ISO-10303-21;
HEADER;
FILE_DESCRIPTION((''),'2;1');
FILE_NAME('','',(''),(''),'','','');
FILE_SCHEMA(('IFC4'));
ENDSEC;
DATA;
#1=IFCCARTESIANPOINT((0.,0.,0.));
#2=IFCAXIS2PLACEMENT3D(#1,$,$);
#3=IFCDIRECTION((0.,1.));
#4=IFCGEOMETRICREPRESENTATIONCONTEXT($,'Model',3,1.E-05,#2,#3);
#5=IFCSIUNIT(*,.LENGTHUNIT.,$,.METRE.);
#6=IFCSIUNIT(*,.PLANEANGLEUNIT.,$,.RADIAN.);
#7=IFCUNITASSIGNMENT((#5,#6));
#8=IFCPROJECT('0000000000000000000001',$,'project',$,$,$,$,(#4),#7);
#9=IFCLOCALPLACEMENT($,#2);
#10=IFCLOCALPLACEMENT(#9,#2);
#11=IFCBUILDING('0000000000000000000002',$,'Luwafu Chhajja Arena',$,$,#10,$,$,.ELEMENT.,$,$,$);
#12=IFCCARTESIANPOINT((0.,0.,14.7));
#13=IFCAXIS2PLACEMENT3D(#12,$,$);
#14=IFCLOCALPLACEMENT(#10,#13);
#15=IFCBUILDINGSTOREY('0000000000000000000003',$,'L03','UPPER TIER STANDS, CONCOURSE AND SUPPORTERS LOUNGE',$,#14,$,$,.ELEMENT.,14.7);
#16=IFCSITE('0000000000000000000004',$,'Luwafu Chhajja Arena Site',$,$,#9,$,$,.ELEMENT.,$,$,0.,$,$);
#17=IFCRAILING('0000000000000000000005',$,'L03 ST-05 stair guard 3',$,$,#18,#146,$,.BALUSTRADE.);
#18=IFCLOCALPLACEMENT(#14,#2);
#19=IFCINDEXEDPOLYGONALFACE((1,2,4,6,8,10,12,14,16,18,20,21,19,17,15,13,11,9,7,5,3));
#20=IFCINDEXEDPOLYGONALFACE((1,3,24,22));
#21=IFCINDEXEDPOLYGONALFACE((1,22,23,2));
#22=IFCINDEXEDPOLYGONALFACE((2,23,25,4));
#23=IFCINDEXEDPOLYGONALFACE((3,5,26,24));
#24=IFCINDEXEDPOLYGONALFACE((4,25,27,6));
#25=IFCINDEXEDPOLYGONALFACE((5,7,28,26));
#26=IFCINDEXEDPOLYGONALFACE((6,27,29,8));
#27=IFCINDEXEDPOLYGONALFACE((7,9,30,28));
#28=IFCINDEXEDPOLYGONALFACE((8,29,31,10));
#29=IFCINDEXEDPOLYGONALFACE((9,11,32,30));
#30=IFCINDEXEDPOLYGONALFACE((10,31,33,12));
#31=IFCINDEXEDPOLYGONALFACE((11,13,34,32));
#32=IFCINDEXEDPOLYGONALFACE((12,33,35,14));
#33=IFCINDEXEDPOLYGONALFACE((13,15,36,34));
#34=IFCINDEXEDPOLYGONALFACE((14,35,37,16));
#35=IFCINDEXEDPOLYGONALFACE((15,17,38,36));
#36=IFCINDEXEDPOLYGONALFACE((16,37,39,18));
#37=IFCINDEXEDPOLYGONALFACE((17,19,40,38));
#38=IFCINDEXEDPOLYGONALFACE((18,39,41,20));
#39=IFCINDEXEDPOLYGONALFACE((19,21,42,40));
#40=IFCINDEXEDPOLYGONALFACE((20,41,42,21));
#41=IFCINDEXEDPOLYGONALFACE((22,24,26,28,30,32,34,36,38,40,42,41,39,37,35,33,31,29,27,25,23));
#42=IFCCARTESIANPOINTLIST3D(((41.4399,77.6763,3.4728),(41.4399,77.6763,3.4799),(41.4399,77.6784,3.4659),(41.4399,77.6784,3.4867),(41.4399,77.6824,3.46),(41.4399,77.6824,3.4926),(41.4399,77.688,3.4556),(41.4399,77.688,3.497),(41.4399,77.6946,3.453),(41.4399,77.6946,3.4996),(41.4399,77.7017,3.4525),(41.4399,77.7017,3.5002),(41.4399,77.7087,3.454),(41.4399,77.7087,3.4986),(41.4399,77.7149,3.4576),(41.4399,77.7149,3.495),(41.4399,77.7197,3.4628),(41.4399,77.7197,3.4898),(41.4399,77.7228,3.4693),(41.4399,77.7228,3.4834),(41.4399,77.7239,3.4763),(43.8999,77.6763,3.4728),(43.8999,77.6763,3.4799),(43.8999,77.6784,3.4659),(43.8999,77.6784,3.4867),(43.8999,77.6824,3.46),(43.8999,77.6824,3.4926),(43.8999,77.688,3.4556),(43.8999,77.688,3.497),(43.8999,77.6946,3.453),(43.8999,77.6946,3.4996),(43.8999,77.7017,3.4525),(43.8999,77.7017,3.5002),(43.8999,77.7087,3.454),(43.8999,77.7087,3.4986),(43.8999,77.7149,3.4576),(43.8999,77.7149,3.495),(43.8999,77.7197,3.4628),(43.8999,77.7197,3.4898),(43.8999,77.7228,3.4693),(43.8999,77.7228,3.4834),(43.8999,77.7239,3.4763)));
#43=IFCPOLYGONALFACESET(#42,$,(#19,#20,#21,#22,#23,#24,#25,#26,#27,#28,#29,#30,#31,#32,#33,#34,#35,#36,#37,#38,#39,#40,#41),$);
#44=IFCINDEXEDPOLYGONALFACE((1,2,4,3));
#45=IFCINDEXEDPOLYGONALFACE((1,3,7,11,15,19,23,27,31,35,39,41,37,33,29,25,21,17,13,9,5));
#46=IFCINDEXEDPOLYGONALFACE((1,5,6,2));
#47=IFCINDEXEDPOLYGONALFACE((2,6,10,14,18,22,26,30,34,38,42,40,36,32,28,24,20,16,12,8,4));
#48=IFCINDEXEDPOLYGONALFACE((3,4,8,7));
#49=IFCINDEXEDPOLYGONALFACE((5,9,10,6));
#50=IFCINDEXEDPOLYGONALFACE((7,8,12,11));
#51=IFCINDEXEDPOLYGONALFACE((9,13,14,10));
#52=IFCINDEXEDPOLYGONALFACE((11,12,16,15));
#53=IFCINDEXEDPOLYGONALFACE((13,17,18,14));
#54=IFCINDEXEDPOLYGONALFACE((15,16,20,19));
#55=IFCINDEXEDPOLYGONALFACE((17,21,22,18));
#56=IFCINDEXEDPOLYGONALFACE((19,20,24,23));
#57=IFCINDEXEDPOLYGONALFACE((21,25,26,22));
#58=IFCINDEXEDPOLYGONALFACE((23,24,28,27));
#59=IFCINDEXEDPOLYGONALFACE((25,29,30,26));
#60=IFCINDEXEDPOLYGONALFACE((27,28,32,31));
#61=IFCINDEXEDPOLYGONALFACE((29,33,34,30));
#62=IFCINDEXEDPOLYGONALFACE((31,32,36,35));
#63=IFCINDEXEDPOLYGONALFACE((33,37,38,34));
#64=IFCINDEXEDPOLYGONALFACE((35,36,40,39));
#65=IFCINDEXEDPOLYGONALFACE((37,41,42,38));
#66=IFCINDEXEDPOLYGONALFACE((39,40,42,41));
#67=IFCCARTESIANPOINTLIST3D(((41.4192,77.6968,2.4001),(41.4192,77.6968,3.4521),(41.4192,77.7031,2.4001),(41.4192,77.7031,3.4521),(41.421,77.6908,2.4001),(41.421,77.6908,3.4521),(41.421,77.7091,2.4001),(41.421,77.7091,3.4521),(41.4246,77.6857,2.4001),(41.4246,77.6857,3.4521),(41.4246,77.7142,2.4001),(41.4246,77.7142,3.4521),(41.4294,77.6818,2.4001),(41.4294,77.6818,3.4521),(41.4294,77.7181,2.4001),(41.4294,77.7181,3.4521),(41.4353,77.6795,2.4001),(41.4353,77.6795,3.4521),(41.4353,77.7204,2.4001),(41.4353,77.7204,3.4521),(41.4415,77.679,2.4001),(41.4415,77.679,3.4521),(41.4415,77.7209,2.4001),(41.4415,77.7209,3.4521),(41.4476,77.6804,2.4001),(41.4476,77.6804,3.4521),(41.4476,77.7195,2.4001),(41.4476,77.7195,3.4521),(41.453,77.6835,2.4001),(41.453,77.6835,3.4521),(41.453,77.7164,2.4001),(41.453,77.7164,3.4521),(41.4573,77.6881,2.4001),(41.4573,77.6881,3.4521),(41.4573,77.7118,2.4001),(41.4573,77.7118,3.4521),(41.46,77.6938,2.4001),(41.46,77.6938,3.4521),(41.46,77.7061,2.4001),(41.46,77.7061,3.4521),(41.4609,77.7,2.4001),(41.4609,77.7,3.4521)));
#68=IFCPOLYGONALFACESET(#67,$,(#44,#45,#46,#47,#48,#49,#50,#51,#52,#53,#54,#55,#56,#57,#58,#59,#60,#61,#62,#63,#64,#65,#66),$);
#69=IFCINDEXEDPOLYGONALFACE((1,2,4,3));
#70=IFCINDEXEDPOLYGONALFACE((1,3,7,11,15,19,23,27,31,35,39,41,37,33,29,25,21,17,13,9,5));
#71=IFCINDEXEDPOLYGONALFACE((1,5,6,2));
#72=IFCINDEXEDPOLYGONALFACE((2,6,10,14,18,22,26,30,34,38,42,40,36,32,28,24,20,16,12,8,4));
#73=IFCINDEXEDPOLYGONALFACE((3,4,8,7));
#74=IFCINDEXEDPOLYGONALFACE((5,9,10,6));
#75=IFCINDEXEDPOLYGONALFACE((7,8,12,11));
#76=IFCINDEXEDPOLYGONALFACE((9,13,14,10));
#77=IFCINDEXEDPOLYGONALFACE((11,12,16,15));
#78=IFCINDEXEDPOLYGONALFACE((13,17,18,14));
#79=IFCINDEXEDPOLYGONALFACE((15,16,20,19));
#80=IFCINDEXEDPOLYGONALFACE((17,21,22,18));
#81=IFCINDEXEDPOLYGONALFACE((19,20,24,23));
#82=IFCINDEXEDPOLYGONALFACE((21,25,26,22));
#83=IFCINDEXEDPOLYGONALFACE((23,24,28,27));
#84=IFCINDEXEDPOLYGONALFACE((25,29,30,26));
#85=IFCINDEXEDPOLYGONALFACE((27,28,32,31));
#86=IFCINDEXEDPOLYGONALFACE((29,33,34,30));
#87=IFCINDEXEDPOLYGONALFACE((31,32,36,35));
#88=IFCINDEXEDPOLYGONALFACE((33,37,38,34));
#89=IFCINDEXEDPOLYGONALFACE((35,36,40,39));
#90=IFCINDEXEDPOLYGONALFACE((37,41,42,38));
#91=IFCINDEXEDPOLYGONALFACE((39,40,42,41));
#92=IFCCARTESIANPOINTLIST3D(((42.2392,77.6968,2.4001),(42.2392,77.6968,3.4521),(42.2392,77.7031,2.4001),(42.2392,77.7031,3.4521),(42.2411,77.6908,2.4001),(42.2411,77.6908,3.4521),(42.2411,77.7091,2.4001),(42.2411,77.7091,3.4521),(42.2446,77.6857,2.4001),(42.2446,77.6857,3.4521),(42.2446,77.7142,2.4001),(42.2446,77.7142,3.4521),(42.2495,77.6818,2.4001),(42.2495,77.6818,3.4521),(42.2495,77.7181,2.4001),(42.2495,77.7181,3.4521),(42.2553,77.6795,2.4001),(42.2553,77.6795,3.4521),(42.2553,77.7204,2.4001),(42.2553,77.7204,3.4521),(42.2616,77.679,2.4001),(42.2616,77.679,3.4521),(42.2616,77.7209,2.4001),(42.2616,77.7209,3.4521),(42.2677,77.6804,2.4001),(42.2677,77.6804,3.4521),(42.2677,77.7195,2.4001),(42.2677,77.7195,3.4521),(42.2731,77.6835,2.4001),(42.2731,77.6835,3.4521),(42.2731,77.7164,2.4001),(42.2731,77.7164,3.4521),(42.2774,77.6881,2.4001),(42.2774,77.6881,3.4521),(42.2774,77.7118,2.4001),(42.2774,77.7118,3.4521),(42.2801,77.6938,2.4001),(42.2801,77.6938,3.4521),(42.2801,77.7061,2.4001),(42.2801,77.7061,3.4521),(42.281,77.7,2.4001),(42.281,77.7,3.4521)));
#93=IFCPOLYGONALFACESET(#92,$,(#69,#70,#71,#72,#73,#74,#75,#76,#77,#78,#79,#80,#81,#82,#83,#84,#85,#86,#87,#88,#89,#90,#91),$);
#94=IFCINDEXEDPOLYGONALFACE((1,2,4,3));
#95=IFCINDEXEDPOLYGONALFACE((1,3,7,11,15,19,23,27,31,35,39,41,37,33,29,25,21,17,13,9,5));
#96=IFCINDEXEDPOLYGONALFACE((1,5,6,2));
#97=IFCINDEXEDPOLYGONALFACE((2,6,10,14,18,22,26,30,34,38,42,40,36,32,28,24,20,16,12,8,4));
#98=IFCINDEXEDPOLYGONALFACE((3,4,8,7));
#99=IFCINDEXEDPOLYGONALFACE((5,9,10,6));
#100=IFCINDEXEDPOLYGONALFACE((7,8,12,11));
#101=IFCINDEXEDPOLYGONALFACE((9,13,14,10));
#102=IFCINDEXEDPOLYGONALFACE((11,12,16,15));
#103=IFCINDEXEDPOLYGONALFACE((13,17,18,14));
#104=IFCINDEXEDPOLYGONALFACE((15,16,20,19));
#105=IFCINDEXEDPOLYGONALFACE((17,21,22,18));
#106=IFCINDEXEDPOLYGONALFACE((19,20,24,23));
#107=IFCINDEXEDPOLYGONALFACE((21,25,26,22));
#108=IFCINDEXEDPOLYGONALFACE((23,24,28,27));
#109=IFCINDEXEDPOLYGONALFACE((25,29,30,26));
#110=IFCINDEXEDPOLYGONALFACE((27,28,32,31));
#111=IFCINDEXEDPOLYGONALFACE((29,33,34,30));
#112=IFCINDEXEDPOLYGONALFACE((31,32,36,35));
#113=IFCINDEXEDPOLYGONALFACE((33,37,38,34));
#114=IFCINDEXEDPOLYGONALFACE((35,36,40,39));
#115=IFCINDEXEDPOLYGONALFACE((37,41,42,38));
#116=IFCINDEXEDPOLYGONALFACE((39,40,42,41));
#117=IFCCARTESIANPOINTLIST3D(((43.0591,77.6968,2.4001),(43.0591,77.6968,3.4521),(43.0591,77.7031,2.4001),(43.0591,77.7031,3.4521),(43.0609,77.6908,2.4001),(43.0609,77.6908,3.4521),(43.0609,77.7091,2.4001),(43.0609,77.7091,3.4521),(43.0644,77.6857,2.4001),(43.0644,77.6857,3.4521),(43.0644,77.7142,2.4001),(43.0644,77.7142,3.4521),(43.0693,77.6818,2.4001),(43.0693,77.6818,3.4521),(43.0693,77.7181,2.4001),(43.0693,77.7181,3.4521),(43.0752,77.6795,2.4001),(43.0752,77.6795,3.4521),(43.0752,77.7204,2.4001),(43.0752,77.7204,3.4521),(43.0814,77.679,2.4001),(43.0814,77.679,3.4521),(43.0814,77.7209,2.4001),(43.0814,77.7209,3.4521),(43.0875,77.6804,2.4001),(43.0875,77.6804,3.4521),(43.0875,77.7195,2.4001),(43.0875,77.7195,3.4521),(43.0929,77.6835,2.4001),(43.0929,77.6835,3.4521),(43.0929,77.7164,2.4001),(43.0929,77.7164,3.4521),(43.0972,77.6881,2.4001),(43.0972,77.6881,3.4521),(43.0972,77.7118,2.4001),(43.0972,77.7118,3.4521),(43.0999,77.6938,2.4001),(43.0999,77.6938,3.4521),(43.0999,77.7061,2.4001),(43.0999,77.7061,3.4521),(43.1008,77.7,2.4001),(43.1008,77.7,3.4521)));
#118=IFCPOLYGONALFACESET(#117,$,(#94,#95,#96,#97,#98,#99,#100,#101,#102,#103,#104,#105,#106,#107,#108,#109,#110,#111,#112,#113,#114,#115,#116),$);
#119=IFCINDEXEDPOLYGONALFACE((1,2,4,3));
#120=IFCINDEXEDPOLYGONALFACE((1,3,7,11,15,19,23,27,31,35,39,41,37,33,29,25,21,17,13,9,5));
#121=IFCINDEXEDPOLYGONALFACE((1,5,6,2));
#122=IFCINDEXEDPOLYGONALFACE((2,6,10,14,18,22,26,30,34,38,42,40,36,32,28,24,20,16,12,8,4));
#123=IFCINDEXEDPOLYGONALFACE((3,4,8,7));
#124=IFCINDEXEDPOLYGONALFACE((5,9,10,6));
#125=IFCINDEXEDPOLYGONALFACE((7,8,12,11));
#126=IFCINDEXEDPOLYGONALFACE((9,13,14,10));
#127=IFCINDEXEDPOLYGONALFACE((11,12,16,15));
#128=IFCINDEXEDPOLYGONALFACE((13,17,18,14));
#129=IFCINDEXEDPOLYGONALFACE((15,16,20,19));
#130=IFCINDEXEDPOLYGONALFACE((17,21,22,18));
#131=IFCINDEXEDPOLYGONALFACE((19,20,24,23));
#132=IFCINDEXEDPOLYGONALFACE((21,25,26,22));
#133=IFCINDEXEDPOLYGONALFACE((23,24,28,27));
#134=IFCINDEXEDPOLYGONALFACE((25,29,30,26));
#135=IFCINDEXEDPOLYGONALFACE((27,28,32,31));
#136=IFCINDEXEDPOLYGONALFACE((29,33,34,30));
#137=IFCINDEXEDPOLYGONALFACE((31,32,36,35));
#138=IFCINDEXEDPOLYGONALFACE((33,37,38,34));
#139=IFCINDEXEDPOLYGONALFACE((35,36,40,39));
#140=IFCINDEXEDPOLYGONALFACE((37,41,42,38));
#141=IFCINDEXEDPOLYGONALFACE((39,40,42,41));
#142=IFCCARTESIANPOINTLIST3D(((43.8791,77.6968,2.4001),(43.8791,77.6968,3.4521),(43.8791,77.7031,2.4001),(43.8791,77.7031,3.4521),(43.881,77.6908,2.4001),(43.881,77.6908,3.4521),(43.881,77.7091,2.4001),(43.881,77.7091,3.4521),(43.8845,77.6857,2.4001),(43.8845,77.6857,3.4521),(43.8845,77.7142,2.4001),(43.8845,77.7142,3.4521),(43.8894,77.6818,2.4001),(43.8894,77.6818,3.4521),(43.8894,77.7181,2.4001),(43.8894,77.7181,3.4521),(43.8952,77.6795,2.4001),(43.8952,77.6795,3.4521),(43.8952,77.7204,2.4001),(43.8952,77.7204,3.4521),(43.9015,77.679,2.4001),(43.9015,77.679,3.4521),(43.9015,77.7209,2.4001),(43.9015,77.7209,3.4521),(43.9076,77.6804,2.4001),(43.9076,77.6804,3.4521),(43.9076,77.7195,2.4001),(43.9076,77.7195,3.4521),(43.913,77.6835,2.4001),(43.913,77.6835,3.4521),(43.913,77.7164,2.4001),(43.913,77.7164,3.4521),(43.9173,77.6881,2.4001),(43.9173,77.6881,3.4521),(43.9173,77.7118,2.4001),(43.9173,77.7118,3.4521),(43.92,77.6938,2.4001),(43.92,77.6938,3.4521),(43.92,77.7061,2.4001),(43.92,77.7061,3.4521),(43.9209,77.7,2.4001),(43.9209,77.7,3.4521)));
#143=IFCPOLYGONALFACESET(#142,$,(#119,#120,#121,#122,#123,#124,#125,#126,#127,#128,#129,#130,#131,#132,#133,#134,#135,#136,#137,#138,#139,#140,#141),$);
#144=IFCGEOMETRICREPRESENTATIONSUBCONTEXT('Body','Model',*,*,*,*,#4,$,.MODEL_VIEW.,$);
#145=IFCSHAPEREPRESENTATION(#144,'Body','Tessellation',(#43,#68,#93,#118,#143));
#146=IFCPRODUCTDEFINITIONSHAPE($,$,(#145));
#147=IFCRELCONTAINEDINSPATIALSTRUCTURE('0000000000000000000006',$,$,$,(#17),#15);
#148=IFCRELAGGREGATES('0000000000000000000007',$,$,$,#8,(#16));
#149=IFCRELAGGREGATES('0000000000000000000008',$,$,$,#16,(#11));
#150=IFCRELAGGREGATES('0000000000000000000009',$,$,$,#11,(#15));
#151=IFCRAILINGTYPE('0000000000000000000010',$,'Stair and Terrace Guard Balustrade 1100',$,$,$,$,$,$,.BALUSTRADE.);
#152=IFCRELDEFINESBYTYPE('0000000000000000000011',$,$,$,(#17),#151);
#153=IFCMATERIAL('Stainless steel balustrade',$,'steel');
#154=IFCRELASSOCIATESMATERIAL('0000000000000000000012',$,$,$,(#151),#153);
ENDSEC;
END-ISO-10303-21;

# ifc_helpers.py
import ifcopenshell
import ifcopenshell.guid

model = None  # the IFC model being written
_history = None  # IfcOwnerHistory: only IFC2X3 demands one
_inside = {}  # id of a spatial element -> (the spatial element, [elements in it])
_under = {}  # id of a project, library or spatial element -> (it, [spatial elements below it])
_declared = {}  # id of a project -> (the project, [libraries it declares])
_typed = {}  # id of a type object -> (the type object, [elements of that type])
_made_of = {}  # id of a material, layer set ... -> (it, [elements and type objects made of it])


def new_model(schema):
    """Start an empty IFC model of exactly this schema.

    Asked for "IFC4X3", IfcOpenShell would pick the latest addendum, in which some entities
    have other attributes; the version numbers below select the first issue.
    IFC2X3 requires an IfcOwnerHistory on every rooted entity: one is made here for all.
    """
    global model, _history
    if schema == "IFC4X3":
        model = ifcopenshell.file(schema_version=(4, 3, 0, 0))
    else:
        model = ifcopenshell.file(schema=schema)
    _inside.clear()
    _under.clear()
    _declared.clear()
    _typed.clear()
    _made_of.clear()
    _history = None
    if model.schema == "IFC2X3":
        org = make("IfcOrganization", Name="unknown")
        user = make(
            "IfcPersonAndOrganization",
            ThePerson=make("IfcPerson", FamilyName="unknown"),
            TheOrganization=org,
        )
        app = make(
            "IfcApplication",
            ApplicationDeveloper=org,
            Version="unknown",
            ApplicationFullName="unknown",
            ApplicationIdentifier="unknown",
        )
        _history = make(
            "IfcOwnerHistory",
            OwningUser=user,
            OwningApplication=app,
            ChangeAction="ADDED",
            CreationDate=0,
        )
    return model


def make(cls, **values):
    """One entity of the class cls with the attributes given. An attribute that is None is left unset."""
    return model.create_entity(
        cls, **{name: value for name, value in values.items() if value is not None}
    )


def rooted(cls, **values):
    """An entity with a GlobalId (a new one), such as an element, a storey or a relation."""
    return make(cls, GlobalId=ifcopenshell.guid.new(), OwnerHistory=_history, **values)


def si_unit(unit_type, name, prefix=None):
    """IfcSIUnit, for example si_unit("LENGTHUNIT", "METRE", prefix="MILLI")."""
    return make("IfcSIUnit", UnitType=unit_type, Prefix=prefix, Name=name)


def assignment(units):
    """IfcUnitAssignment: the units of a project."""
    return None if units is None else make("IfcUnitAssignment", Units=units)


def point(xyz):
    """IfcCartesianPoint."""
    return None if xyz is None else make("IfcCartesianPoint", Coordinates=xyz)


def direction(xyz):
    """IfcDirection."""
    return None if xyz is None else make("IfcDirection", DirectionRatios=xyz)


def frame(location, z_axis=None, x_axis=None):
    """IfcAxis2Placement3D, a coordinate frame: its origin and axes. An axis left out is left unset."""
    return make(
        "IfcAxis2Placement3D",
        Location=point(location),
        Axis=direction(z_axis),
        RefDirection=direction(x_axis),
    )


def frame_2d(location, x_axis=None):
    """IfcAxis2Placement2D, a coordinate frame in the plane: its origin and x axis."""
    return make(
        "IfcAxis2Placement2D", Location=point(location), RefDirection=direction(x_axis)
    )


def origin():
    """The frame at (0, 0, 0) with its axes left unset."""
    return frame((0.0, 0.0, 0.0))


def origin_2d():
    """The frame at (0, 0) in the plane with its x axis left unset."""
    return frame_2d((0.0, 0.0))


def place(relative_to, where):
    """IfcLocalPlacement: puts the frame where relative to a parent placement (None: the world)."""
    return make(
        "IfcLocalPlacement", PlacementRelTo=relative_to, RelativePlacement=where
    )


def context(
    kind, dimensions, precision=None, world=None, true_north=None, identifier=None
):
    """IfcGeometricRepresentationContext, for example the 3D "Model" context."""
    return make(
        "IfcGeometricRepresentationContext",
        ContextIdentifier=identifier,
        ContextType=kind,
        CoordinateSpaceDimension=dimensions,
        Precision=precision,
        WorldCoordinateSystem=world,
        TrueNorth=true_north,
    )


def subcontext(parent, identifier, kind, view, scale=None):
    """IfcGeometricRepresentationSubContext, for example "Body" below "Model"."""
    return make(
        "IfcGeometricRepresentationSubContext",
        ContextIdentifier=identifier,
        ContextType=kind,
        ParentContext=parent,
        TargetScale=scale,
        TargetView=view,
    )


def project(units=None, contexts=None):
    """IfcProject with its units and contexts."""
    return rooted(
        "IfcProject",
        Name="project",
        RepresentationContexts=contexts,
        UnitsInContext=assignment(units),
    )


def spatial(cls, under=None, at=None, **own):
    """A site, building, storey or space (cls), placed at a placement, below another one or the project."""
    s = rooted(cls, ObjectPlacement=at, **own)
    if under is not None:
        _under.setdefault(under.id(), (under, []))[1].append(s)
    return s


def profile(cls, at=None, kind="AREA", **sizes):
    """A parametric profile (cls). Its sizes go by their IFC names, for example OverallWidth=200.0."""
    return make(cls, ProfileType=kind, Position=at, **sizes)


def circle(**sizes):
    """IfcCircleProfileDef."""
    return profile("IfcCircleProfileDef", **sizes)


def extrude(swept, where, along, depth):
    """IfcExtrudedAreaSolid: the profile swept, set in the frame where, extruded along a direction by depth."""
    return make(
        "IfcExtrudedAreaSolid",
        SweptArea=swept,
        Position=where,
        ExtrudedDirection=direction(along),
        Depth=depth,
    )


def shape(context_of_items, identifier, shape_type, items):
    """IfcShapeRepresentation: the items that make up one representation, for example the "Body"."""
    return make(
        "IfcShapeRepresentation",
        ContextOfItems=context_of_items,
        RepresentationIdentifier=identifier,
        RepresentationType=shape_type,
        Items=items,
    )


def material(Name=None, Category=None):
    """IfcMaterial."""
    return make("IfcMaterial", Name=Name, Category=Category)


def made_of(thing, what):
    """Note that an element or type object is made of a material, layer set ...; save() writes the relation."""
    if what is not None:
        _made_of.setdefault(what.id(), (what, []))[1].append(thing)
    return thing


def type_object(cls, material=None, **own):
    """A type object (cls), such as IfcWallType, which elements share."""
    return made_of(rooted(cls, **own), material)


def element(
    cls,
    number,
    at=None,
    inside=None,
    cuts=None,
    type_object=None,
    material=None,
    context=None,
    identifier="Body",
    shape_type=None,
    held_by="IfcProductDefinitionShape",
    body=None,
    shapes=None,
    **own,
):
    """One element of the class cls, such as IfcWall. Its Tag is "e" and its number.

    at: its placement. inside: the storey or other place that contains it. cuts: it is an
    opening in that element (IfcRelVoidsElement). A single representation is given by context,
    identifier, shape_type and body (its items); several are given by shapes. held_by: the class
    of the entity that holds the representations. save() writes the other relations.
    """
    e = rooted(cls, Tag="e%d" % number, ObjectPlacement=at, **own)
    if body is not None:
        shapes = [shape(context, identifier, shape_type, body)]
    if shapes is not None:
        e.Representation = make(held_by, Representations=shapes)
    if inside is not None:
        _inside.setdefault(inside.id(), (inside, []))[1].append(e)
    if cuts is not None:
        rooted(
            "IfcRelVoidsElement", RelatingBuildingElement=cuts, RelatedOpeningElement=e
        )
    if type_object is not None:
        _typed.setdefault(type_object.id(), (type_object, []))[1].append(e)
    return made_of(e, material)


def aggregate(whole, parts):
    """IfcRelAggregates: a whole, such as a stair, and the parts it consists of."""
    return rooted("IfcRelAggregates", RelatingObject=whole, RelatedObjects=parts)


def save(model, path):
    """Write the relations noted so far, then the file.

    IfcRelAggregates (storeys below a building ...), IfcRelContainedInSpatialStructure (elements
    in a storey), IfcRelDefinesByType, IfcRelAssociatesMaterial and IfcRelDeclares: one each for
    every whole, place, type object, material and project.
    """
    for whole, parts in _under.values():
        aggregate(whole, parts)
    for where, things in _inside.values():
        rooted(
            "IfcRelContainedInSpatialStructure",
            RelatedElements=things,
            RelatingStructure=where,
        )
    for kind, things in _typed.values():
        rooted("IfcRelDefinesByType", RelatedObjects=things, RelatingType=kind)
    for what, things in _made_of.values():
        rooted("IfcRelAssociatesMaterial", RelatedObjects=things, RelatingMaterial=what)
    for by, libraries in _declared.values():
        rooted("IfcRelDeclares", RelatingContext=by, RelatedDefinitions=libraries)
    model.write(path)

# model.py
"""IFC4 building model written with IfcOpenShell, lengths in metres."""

from ifc_helpers import new_model, si_unit, direction, frame, origin, origin_2d, place, context, subcontext, project, spatial, circle, extrude, material, type_object, element, save


model = new_model("IFC4")

# Units and contexts
model_context = context("Model", 3, precision=1e-05, world=origin(), true_north=direction((0.0, 1.0)))
body_context = subcontext(model_context, "Body", "Model", "MODEL_VIEW")
ifc_project = project(units=[si_unit("LENGTHUNIT", "METRE"), si_unit("PLANEANGLEUNIT", "RADIAN")], contexts=[model_context])

# Site, building, storey
site_placement = place(None, origin())
site = spatial("IfcSite", under=ifc_project, at=site_placement, Name="Luwafu Chhajja Arena Site", CompositionType="ELEMENT", RefElevation=0.0)
building_placement = place(site_placement, origin())
building = spatial("IfcBuilding", under=site, at=building_placement, Name="Luwafu Chhajja Arena", CompositionType="ELEMENT")
storey_placement = place(building_placement, frame((0.0, 0.0, 14.7)))
storey = spatial("IfcBuildingStorey", under=building, at=storey_placement, Name="L03", Description="UPPER TIER STANDS, CONCOURSE AND SUPPORTERS LOUNGE", CompositionType="ELEMENT", Elevation=14.7)

# Railing
ifc_material_1 = material(Name="Stainless steel balustrade", Category="steel")
railing_type_1 = type_object("IfcRailingType", Name="Stair and Terrace Guard Balustrade 1100", PredefinedType="BALUSTRADE", material=ifc_material_1)
for number, where, name in (
    (1, (41.4399, 77.7, 2.4001), "L03 ST-05 stair guard 3"),
):
    element("IfcRailing", number, at=place(storey_placement, frame(where)), inside=storey, type_object=railing_type_1, Name=name, PredefinedType="BALUSTRADE", context=body_context, shape_type="SweptSolid", body=[
        extrude(circle(Radius=0.0239, at=origin_2d()), frame((0.0, 0.0, 1.0762), z_axis=(1.0, 0.0, 0.0), x_axis=(0.0, 1.0, 0.0)), (0.0, 0.0, 1.0), 2.46),
        extrude(circle(Radius=0.021, at=origin_2d()), origin(), (0.0, 0.0, 1.0), 1.052),
        extrude(circle(Radius=0.021, at=origin_2d()), frame((0.8201, 0.0, 0.0)), (0.0, 0.0, 1.0), 1.052),
        extrude(circle(Radius=0.021, at=origin_2d()), frame((1.6399, 0.0, 0.0)), (0.0, 0.0, 1.0), 1.052),
        extrude(circle(Radius=0.021, at=origin_2d()), frame((2.46, 0.0, 0.0)), (0.0, 0.0, 1.0), 1.052),
    ])

save(model, "model.ifc")
